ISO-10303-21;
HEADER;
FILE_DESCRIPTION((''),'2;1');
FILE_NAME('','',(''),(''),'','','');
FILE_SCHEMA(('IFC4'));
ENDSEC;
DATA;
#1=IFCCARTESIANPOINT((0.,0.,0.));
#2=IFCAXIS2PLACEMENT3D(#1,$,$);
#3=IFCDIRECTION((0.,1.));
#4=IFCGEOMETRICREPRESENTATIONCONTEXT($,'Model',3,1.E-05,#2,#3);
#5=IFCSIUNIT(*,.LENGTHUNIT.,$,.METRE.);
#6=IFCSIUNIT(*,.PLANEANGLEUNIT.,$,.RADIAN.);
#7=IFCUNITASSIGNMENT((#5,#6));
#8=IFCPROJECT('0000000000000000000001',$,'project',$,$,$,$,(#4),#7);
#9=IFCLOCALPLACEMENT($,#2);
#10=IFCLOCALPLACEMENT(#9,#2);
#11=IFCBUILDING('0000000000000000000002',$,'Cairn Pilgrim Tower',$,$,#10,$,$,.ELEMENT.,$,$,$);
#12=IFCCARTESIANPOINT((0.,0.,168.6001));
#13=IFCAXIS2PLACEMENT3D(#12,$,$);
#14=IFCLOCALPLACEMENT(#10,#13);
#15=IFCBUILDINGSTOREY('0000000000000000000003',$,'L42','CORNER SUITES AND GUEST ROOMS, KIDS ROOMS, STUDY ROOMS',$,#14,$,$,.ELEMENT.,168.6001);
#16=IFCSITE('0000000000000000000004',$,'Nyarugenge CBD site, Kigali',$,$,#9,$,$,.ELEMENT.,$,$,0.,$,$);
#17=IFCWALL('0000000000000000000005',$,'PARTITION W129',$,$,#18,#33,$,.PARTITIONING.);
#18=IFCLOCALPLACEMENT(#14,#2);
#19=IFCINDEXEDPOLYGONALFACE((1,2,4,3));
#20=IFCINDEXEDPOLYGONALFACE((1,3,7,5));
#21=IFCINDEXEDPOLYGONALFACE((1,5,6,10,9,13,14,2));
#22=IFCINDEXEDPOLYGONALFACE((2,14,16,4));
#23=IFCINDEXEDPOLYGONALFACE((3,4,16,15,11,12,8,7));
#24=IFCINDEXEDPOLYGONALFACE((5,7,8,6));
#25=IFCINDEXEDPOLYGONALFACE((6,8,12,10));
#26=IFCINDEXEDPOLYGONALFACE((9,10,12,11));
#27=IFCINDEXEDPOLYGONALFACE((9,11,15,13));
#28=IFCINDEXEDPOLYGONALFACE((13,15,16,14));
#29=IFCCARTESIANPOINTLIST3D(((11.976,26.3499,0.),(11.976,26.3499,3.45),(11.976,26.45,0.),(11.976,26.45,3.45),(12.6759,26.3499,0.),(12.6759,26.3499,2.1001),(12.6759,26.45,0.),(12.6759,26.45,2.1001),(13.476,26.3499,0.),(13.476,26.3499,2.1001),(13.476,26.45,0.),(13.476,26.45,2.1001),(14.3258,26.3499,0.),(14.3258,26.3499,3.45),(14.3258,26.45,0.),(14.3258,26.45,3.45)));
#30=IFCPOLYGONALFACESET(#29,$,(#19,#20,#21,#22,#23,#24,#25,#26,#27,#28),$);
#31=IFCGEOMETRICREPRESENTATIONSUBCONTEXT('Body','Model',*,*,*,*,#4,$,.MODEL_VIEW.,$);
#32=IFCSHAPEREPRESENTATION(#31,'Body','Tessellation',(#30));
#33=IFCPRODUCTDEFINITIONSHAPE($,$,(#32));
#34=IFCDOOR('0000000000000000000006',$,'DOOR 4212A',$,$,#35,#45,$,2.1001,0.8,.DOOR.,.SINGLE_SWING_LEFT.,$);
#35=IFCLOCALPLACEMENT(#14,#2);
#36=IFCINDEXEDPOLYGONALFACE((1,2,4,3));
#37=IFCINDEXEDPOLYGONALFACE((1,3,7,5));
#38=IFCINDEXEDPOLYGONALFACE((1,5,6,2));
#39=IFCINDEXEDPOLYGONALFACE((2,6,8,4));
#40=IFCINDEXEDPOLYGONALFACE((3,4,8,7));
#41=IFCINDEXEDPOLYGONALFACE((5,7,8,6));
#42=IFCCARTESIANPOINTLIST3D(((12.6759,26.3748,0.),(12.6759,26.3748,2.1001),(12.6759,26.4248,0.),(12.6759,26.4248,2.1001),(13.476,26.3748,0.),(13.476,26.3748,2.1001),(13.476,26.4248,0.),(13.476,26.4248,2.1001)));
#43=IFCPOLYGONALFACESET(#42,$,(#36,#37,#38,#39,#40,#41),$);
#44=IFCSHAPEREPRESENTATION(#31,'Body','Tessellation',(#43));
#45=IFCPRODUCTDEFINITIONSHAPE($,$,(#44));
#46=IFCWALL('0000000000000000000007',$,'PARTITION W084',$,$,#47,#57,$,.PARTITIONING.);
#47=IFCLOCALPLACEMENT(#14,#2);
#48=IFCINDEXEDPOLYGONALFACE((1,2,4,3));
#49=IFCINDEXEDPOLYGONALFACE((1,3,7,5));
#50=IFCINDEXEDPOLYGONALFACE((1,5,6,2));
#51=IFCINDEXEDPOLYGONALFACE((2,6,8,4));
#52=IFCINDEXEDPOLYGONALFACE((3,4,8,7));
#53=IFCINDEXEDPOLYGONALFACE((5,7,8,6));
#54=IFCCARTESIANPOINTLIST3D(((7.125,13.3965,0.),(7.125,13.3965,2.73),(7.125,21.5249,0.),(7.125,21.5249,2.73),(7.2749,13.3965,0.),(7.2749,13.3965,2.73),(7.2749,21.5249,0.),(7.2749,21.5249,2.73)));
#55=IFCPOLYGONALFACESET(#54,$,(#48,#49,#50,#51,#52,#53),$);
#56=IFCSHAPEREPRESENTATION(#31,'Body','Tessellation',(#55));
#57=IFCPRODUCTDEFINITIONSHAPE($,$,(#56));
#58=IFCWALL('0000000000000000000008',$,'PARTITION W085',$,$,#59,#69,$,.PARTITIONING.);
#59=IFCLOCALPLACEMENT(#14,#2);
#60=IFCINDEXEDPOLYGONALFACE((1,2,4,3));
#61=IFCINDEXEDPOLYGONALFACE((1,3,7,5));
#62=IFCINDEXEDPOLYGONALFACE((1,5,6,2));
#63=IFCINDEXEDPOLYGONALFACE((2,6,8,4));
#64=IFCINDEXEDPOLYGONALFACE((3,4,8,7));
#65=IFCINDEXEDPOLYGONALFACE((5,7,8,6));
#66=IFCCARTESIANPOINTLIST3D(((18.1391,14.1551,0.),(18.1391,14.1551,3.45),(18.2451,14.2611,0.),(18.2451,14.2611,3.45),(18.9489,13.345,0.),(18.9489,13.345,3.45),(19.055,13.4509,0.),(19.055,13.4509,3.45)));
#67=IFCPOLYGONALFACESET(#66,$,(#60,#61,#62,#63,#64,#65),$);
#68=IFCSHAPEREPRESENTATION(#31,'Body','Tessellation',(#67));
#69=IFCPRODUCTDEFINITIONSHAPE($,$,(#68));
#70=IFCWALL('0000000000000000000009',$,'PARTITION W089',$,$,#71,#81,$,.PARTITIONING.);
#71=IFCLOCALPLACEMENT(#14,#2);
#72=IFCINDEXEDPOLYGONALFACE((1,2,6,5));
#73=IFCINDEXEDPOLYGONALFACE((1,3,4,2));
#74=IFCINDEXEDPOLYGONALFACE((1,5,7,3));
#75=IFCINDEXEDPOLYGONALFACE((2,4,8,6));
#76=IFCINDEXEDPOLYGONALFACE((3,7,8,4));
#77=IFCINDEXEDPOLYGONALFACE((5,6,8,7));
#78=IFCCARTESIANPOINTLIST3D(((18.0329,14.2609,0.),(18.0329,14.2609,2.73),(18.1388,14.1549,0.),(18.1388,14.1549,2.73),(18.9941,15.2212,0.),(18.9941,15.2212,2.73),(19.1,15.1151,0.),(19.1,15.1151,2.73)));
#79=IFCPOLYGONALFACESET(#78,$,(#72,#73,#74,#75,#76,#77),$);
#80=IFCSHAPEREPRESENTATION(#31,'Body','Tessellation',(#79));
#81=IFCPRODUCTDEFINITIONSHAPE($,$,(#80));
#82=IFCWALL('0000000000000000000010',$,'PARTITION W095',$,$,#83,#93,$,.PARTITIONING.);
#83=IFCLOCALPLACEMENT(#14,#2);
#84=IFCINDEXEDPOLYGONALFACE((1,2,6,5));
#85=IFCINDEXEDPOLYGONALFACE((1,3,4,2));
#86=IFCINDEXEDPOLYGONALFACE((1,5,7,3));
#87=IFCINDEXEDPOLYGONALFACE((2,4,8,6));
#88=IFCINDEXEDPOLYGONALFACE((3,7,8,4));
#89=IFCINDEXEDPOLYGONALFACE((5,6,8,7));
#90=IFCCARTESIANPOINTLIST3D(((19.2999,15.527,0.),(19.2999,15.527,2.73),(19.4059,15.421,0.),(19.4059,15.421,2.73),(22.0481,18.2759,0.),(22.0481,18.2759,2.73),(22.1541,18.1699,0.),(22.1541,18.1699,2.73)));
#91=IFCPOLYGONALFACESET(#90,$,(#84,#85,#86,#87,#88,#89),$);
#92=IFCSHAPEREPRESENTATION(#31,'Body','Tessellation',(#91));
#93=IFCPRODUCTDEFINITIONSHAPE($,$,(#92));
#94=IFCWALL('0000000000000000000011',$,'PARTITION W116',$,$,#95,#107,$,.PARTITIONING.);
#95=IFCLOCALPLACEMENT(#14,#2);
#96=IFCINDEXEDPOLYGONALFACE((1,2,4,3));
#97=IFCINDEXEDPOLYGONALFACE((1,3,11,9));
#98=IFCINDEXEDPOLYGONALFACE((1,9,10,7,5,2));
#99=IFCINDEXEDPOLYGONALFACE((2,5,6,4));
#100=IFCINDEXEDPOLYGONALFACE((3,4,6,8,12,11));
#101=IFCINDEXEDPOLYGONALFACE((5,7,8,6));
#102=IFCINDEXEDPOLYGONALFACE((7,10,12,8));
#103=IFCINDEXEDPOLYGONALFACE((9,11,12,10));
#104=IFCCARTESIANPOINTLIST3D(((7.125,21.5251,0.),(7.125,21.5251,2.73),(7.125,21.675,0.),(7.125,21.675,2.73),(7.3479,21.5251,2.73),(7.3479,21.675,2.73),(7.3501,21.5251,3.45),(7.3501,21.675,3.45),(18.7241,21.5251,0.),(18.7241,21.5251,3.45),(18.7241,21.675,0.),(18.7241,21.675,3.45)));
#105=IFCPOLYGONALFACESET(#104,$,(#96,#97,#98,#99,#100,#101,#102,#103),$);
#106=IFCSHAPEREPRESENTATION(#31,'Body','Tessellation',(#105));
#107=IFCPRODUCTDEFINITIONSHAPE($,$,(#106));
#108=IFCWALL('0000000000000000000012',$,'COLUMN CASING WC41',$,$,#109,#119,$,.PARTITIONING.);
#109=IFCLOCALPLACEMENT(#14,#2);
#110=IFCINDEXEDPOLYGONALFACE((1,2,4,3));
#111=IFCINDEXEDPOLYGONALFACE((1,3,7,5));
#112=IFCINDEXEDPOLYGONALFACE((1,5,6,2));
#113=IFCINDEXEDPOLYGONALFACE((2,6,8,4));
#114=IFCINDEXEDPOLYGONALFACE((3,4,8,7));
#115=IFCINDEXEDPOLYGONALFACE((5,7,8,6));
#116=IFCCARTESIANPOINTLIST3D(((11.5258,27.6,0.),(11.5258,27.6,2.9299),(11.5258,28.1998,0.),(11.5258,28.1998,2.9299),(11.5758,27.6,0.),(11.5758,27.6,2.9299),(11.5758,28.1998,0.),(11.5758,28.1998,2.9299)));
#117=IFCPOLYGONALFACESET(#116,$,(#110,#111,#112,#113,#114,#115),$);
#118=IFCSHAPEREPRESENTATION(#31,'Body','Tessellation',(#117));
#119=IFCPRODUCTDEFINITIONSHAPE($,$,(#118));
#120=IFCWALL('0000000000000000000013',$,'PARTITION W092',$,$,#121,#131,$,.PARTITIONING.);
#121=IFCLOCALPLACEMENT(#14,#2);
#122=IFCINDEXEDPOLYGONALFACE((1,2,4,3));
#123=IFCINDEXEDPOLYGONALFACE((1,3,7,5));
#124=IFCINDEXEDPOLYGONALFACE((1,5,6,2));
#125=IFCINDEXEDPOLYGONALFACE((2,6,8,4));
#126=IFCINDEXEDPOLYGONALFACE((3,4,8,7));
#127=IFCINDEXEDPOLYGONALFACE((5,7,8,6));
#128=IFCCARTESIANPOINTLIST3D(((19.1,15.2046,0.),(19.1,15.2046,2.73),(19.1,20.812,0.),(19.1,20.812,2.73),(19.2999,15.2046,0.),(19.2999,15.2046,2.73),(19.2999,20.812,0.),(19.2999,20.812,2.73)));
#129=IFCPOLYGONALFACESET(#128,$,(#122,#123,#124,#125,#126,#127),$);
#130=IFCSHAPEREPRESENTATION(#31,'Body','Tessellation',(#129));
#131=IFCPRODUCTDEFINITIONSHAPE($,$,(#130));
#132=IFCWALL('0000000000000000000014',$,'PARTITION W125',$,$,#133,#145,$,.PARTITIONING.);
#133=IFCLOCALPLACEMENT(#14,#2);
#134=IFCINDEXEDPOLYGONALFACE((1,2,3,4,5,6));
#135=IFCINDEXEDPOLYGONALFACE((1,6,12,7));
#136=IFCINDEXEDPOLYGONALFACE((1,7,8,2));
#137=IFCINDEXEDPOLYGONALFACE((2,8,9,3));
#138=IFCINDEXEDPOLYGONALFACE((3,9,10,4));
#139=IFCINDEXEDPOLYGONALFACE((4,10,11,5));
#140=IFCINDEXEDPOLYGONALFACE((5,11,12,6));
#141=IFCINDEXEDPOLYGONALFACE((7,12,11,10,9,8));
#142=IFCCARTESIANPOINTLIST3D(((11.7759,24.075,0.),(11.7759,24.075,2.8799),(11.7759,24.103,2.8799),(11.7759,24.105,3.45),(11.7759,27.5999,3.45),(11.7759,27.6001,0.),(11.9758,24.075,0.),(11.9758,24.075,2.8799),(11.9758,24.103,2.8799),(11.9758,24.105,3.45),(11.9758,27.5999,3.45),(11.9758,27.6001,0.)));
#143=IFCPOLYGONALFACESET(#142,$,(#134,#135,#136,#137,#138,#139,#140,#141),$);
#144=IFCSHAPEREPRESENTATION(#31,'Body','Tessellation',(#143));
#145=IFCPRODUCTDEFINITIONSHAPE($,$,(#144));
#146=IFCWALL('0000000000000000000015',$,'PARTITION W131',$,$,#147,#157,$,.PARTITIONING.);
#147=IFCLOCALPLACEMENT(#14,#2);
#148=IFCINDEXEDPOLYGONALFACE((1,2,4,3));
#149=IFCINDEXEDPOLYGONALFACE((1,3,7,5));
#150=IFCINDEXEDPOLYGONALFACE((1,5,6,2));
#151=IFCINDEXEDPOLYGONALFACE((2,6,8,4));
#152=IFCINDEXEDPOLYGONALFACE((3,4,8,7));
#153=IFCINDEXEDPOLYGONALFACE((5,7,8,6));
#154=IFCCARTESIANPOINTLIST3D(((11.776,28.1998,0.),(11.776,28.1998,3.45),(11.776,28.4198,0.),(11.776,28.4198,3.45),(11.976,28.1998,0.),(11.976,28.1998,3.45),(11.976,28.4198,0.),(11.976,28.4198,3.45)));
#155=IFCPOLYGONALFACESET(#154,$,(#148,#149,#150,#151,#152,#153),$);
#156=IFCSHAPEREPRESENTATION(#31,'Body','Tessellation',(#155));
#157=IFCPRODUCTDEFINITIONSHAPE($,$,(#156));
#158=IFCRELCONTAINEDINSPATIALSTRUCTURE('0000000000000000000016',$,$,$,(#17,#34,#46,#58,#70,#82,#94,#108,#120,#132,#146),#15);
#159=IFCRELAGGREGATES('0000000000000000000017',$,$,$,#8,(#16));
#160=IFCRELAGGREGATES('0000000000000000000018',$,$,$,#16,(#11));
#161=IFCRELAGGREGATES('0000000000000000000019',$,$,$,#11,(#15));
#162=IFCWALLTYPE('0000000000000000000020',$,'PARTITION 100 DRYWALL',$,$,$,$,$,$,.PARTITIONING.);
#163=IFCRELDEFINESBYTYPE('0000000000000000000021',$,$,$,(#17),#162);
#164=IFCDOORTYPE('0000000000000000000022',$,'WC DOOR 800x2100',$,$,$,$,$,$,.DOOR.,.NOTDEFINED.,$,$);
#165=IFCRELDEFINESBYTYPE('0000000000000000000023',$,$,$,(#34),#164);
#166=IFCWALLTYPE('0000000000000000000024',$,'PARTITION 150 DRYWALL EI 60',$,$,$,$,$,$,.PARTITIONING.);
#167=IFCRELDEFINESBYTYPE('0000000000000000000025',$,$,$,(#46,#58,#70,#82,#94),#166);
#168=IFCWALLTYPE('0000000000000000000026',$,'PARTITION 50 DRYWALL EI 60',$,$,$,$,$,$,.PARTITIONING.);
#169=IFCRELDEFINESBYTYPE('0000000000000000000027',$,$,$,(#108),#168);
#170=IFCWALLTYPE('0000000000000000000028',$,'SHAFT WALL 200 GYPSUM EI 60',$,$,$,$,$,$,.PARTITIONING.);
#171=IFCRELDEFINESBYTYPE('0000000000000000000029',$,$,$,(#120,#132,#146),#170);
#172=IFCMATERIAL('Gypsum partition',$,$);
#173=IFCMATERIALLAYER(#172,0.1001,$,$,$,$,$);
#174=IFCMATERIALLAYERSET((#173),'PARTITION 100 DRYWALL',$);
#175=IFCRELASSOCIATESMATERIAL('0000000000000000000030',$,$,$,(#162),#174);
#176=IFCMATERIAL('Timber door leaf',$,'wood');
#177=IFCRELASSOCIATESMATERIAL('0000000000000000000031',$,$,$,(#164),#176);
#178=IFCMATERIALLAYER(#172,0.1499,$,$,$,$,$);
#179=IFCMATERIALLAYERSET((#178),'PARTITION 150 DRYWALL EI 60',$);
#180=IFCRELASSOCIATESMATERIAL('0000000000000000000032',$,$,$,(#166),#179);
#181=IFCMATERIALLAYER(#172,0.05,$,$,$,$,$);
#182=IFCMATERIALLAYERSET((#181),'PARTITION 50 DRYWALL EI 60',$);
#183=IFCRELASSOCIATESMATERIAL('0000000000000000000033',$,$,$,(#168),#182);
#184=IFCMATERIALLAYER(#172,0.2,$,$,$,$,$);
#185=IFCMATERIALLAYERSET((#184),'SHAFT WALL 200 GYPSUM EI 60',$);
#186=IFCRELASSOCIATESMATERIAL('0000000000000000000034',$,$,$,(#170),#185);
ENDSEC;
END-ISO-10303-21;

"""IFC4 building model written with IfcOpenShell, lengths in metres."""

from ifc_helpers import new_model, si_unit, direction, frame, frame_2d, origin, place, context, subcontext, project, spatial, polyline, rectangle, outline, extrude, material, layer, layer_set, type_object, element, fill, save


model = new_model("IFC4")

# Units and contexts
model_context = context("Model", 3, precision=1e-05, world=origin(), true_north=direction((0.0, 1.0)))
body_context = subcontext(model_context, "Body", "Model", "MODEL_VIEW")
ifc_project = project(units=[si_unit("LENGTHUNIT", "METRE"), si_unit("PLANEANGLEUNIT", "RADIAN")], contexts=[model_context])

# Site, building, storey
site_placement = place(None, origin())
site = spatial("IfcSite", under=ifc_project, at=site_placement, Name="Nyarugenge CBD site, Kigali", CompositionType="ELEMENT", RefElevation=0.0)
building_placement = place(site_placement, origin())
building = spatial("IfcBuilding", under=site, at=building_placement, Name="Cairn Pilgrim Tower", CompositionType="ELEMENT")
storey_placement = place(building_placement, frame((0.0, 0.0, 168.6001)))
storey = spatial("IfcBuildingStorey", under=building, at=storey_placement, Name="L42", Description="CORNER SUITES AND GUEST ROOMS, KIDS ROOMS, STUDY ROOMS", CompositionType="ELEMENT", Elevation=168.6001)

# Shared definitions
ifc_material_1 = material(Name="Gypsum partition")
ifc_layer_1 = layer(ifc_material_1, 0.1001)
ifc_layer_set_1 = layer_set([ifc_layer_1], Name="PARTITION 100 DRYWALL")
wall_type_1 = type_object("IfcWallType", Name="PARTITION 100 DRYWALL", PredefinedType="PARTITIONING", material=ifc_layer_set_1)

# Wall, opening, door
wall_1_placement = place(storey_placement, frame((11.9761, 26.3999, 0.0), z_axis=(0.0, 0.0, 1.0), x_axis=(1.0, 0.0, 0.0)))
wall_1 = element("IfcWall", 1, at=wall_1_placement, inside=storey, type_object=wall_type_1, Name="PARTITION W129", PredefinedType="PARTITIONING", context=body_context, shape_type="SweptSolid", body=[
    extrude(rectangle(XDim=2.3499, YDim=0.1001, at=frame_2d((1.1748, 0.0))), origin(), (0.0, 0.0, 1.0), 3.45),
])
opening_1_placement = place(wall_1_placement, frame((0.7, 0.0, 0.0)))
opening_1 = element("IfcOpeningElement", 2, at=opening_1_placement, cuts=wall_1, PredefinedType="OPENING", context=body_context, shape_type="SweptSolid", body=[
    extrude(rectangle(XDim=0.8, YDim=2.1001, at=frame_2d((0.3999, 1.05))), frame((0.0, 0.0601, 0.0), z_axis=(0.0, -1.0, 0.0), x_axis=(1.0, 0.0, 0.0)), (0.0, 0.0, 1.0), 0.1201),
])
ifc_material_2 = material(Name="Timber door leaf", Category="wood")
door_type_1 = type_object("IfcDoorType", Name="WC DOOR 800x2100", OperationType="NOTDEFINED", PredefinedType="DOOR", material=ifc_material_2)
door_1_placement = place(opening_1_placement, origin())
door_1 = element("IfcDoor", 3, at=door_1_placement, inside=storey, type_object=door_type_1, Name="DOOR 4212A", OperationType="SINGLE_SWING_LEFT", OverallHeight=2.1001, OverallWidth=0.8, PredefinedType="DOOR", context=body_context, shape_type="SweptSolid", body=[
    extrude(rectangle(XDim=0.8, YDim=2.1001, at=frame_2d((0.3999, 1.05))), frame((0.0, 0.0249, 0.0), z_axis=(0.0, -1.0, 0.0), x_axis=(1.0, 0.0, 0.0)), (0.0, 0.0, 1.0), 0.05),
])
fill(opening_1, door_1)

# Walls
ifc_layer_2 = layer(ifc_material_1, 0.1499)
ifc_layer_set_2 = layer_set([ifc_layer_2], Name="PARTITION 150 DRYWALL EI 60")
wall_type_2 = type_object("IfcWallType", Name="PARTITION 150 DRYWALL EI 60", PredefinedType="PARTITIONING", material=ifc_layer_set_2)
wall_2_placement = place(storey_placement, frame((7.2, 13.3965, 0.0), z_axis=(0.0, 0.0, 1.0), x_axis=(0.0, 1.0, 0.0)))
element("IfcWall", 4, at=wall_2_placement, inside=storey, type_object=wall_type_2, Name="PARTITION W084", PredefinedType="PARTITIONING", context=body_context, shape_type="SweptSolid", body=[
    extrude(rectangle(XDim=8.1284, YDim=0.1499, at=frame_2d((4.0642, 0.0))), origin(), (0.0, 0.0, 1.0), 2.73),
])
wall_3_placement = place(storey_placement, frame((19.002, 13.3979, 0.0), z_axis=(0.0, 0.0, 1.0), x_axis=(-0.707, 0.707213, 0.0)))
element("IfcWall", 5, at=wall_3_placement, inside=storey, type_object=wall_type_2, Name="PARTITION W085", PredefinedType="PARTITIONING", context=body_context, shape_type="SweptSolid", body=[
    extrude(rectangle(XDim=1.1455, YDim=0.1499, at=frame_2d((0.5728, 0.0))), origin(), (0.0, 0.0, 1.0), 3.45),
])
wall_4_placement = place(storey_placement, frame((18.0859, 14.208, 0.0), z_axis=(0.0, 0.0, 1.0), x_axis=(0.707466, 0.706747, 0.0)))
element("IfcWall", 6, at=wall_4_placement, inside=storey, type_object=wall_type_2, Name="PARTITION W089", PredefinedType="PARTITIONING", context=body_context, shape_type="SweptSolid", body=[
    extrude(rectangle(XDim=1.3586, YDim=0.1499, at=frame_2d((0.6792, 0.0))), origin(), (0.0, 0.0, 1.0), 2.73),
])
wall_5_placement = place(storey_placement, frame((19.353, 15.4741, 0.0), z_axis=(0.0, 0.0, 1.0), x_axis=(0.707013, 0.707201, 0.0)))
element("IfcWall", 7, at=wall_5_placement, inside=storey, type_object=wall_type_2, Name="PARTITION W095", PredefinedType="PARTITIONING", context=body_context, shape_type="SweptSolid", body=[
    extrude(rectangle(XDim=3.887, YDim=0.1499, at=frame_2d((1.9434, 0.0))), origin(), (0.0, 0.0, 1.0), 2.73),
])
wall_6_placement = place(storey_placement, frame((7.125, 21.6001, 0.0), z_axis=(0.0, 0.0, 1.0), x_axis=(1.0, 0.0, 0.0)))
element("IfcWall", 8, at=wall_6_placement, inside=storey, type_object=wall_type_2, Name="PARTITION W116", PredefinedType="PARTITIONING", context=body_context, shape_type="SweptSolid", body=[
    extrude(outline(polyline([(0.0, 0.0), (11.5991, 0.0), (11.5991, 3.45), (0.2251, 3.45), (0.2229, 2.73), (0.0, 2.73), (0.0, 0.0)])), frame((0.0, 0.075, 0.0), z_axis=(0.0, -1.0, 0.0), x_axis=(1.0, 0.0, 0.0)), (0.0, 0.0, 1.0), 0.1499),
])
ifc_layer_3 = layer(ifc_material_1, 0.05)
ifc_layer_set_3 = layer_set([ifc_layer_3], Name="PARTITION 50 DRYWALL EI 60")
wall_type_3 = type_object("IfcWallType", Name="PARTITION 50 DRYWALL EI 60", PredefinedType="PARTITIONING", material=ifc_layer_set_3)
wall_7_placement = place(storey_placement, frame((11.5508, 27.6001, 0.0), z_axis=(0.0, 0.0, 1.0), x_axis=(0.0, 1.0, 0.0)))
element("IfcWall", 9, at=wall_7_placement, inside=storey, type_object=wall_type_3, Name="COLUMN CASING WC41", PredefinedType="PARTITIONING", context=body_context, shape_type="SweptSolid", body=[
    extrude(rectangle(XDim=0.5999, YDim=0.05, at=frame_2d((0.2998, 0.0))), origin(), (0.0, 0.0, 1.0), 2.9299),
])
ifc_layer_4 = layer(ifc_material_1, 0.2)
ifc_layer_set_4 = layer_set([ifc_layer_4], Name="SHAFT WALL 200 GYPSUM EI 60")
wall_type_4 = type_object("IfcWallType", Name="SHAFT WALL 200 GYPSUM EI 60", PredefinedType="PARTITIONING", material=ifc_layer_set_4)
wall_8_placement = place(storey_placement, frame((19.2, 15.2046, 0.0), z_axis=(0.0, 0.0, 1.0), x_axis=(0.0, 1.0, 0.0)))
element("IfcWall", 10, at=wall_8_placement, inside=storey, type_object=wall_type_4, Name="PARTITION W092", PredefinedType="PARTITIONING", context=body_context, shape_type="SweptSolid", body=[
    extrude(rectangle(XDim=5.6074, YDim=0.2, at=frame_2d((2.8037, 0.0))), origin(), (0.0, 0.0, 1.0), 2.73),
])
wall_9_placement = place(storey_placement, frame((11.876, 24.075, 0.0), z_axis=(0.0, 0.0, 1.0), x_axis=(0.0, 1.0, 0.0)))
element("IfcWall", 11, at=wall_9_placement, inside=storey, type_object=wall_type_4, Name="PARTITION W125", PredefinedType="PARTITIONING", context=body_context, shape_type="SweptSolid", body=[
    extrude(outline(polyline([(0.0, 0.0), (3.5251, 0.0), (3.5249, 3.45), (0.03, 3.45), (0.0281, 2.8799), (0.0, 2.8799), (0.0, 0.0)])), frame((0.0, 0.1001, 0.0), z_axis=(0.0, -1.0, 0.0), x_axis=(1.0, 0.0, 0.0)), (0.0, 0.0, 1.0), 0.2),
])
wall_10_placement = place(storey_placement, frame((11.876, 28.2, 0.0), z_axis=(0.0, 0.0, 1.0), x_axis=(0.0, 1.0, 0.0)))
element("IfcWall", 12, at=wall_10_placement, inside=storey, type_object=wall_type_4, Name="PARTITION W131", PredefinedType="PARTITIONING", context=body_context, shape_type="SweptSolid", body=[
    extrude(rectangle(XDim=0.22, YDim=0.2, at=frame_2d((0.1099, 0.0))), origin(), (0.0, 0.0, 1.0), 3.45),
])

save(model, "model.ifc")
